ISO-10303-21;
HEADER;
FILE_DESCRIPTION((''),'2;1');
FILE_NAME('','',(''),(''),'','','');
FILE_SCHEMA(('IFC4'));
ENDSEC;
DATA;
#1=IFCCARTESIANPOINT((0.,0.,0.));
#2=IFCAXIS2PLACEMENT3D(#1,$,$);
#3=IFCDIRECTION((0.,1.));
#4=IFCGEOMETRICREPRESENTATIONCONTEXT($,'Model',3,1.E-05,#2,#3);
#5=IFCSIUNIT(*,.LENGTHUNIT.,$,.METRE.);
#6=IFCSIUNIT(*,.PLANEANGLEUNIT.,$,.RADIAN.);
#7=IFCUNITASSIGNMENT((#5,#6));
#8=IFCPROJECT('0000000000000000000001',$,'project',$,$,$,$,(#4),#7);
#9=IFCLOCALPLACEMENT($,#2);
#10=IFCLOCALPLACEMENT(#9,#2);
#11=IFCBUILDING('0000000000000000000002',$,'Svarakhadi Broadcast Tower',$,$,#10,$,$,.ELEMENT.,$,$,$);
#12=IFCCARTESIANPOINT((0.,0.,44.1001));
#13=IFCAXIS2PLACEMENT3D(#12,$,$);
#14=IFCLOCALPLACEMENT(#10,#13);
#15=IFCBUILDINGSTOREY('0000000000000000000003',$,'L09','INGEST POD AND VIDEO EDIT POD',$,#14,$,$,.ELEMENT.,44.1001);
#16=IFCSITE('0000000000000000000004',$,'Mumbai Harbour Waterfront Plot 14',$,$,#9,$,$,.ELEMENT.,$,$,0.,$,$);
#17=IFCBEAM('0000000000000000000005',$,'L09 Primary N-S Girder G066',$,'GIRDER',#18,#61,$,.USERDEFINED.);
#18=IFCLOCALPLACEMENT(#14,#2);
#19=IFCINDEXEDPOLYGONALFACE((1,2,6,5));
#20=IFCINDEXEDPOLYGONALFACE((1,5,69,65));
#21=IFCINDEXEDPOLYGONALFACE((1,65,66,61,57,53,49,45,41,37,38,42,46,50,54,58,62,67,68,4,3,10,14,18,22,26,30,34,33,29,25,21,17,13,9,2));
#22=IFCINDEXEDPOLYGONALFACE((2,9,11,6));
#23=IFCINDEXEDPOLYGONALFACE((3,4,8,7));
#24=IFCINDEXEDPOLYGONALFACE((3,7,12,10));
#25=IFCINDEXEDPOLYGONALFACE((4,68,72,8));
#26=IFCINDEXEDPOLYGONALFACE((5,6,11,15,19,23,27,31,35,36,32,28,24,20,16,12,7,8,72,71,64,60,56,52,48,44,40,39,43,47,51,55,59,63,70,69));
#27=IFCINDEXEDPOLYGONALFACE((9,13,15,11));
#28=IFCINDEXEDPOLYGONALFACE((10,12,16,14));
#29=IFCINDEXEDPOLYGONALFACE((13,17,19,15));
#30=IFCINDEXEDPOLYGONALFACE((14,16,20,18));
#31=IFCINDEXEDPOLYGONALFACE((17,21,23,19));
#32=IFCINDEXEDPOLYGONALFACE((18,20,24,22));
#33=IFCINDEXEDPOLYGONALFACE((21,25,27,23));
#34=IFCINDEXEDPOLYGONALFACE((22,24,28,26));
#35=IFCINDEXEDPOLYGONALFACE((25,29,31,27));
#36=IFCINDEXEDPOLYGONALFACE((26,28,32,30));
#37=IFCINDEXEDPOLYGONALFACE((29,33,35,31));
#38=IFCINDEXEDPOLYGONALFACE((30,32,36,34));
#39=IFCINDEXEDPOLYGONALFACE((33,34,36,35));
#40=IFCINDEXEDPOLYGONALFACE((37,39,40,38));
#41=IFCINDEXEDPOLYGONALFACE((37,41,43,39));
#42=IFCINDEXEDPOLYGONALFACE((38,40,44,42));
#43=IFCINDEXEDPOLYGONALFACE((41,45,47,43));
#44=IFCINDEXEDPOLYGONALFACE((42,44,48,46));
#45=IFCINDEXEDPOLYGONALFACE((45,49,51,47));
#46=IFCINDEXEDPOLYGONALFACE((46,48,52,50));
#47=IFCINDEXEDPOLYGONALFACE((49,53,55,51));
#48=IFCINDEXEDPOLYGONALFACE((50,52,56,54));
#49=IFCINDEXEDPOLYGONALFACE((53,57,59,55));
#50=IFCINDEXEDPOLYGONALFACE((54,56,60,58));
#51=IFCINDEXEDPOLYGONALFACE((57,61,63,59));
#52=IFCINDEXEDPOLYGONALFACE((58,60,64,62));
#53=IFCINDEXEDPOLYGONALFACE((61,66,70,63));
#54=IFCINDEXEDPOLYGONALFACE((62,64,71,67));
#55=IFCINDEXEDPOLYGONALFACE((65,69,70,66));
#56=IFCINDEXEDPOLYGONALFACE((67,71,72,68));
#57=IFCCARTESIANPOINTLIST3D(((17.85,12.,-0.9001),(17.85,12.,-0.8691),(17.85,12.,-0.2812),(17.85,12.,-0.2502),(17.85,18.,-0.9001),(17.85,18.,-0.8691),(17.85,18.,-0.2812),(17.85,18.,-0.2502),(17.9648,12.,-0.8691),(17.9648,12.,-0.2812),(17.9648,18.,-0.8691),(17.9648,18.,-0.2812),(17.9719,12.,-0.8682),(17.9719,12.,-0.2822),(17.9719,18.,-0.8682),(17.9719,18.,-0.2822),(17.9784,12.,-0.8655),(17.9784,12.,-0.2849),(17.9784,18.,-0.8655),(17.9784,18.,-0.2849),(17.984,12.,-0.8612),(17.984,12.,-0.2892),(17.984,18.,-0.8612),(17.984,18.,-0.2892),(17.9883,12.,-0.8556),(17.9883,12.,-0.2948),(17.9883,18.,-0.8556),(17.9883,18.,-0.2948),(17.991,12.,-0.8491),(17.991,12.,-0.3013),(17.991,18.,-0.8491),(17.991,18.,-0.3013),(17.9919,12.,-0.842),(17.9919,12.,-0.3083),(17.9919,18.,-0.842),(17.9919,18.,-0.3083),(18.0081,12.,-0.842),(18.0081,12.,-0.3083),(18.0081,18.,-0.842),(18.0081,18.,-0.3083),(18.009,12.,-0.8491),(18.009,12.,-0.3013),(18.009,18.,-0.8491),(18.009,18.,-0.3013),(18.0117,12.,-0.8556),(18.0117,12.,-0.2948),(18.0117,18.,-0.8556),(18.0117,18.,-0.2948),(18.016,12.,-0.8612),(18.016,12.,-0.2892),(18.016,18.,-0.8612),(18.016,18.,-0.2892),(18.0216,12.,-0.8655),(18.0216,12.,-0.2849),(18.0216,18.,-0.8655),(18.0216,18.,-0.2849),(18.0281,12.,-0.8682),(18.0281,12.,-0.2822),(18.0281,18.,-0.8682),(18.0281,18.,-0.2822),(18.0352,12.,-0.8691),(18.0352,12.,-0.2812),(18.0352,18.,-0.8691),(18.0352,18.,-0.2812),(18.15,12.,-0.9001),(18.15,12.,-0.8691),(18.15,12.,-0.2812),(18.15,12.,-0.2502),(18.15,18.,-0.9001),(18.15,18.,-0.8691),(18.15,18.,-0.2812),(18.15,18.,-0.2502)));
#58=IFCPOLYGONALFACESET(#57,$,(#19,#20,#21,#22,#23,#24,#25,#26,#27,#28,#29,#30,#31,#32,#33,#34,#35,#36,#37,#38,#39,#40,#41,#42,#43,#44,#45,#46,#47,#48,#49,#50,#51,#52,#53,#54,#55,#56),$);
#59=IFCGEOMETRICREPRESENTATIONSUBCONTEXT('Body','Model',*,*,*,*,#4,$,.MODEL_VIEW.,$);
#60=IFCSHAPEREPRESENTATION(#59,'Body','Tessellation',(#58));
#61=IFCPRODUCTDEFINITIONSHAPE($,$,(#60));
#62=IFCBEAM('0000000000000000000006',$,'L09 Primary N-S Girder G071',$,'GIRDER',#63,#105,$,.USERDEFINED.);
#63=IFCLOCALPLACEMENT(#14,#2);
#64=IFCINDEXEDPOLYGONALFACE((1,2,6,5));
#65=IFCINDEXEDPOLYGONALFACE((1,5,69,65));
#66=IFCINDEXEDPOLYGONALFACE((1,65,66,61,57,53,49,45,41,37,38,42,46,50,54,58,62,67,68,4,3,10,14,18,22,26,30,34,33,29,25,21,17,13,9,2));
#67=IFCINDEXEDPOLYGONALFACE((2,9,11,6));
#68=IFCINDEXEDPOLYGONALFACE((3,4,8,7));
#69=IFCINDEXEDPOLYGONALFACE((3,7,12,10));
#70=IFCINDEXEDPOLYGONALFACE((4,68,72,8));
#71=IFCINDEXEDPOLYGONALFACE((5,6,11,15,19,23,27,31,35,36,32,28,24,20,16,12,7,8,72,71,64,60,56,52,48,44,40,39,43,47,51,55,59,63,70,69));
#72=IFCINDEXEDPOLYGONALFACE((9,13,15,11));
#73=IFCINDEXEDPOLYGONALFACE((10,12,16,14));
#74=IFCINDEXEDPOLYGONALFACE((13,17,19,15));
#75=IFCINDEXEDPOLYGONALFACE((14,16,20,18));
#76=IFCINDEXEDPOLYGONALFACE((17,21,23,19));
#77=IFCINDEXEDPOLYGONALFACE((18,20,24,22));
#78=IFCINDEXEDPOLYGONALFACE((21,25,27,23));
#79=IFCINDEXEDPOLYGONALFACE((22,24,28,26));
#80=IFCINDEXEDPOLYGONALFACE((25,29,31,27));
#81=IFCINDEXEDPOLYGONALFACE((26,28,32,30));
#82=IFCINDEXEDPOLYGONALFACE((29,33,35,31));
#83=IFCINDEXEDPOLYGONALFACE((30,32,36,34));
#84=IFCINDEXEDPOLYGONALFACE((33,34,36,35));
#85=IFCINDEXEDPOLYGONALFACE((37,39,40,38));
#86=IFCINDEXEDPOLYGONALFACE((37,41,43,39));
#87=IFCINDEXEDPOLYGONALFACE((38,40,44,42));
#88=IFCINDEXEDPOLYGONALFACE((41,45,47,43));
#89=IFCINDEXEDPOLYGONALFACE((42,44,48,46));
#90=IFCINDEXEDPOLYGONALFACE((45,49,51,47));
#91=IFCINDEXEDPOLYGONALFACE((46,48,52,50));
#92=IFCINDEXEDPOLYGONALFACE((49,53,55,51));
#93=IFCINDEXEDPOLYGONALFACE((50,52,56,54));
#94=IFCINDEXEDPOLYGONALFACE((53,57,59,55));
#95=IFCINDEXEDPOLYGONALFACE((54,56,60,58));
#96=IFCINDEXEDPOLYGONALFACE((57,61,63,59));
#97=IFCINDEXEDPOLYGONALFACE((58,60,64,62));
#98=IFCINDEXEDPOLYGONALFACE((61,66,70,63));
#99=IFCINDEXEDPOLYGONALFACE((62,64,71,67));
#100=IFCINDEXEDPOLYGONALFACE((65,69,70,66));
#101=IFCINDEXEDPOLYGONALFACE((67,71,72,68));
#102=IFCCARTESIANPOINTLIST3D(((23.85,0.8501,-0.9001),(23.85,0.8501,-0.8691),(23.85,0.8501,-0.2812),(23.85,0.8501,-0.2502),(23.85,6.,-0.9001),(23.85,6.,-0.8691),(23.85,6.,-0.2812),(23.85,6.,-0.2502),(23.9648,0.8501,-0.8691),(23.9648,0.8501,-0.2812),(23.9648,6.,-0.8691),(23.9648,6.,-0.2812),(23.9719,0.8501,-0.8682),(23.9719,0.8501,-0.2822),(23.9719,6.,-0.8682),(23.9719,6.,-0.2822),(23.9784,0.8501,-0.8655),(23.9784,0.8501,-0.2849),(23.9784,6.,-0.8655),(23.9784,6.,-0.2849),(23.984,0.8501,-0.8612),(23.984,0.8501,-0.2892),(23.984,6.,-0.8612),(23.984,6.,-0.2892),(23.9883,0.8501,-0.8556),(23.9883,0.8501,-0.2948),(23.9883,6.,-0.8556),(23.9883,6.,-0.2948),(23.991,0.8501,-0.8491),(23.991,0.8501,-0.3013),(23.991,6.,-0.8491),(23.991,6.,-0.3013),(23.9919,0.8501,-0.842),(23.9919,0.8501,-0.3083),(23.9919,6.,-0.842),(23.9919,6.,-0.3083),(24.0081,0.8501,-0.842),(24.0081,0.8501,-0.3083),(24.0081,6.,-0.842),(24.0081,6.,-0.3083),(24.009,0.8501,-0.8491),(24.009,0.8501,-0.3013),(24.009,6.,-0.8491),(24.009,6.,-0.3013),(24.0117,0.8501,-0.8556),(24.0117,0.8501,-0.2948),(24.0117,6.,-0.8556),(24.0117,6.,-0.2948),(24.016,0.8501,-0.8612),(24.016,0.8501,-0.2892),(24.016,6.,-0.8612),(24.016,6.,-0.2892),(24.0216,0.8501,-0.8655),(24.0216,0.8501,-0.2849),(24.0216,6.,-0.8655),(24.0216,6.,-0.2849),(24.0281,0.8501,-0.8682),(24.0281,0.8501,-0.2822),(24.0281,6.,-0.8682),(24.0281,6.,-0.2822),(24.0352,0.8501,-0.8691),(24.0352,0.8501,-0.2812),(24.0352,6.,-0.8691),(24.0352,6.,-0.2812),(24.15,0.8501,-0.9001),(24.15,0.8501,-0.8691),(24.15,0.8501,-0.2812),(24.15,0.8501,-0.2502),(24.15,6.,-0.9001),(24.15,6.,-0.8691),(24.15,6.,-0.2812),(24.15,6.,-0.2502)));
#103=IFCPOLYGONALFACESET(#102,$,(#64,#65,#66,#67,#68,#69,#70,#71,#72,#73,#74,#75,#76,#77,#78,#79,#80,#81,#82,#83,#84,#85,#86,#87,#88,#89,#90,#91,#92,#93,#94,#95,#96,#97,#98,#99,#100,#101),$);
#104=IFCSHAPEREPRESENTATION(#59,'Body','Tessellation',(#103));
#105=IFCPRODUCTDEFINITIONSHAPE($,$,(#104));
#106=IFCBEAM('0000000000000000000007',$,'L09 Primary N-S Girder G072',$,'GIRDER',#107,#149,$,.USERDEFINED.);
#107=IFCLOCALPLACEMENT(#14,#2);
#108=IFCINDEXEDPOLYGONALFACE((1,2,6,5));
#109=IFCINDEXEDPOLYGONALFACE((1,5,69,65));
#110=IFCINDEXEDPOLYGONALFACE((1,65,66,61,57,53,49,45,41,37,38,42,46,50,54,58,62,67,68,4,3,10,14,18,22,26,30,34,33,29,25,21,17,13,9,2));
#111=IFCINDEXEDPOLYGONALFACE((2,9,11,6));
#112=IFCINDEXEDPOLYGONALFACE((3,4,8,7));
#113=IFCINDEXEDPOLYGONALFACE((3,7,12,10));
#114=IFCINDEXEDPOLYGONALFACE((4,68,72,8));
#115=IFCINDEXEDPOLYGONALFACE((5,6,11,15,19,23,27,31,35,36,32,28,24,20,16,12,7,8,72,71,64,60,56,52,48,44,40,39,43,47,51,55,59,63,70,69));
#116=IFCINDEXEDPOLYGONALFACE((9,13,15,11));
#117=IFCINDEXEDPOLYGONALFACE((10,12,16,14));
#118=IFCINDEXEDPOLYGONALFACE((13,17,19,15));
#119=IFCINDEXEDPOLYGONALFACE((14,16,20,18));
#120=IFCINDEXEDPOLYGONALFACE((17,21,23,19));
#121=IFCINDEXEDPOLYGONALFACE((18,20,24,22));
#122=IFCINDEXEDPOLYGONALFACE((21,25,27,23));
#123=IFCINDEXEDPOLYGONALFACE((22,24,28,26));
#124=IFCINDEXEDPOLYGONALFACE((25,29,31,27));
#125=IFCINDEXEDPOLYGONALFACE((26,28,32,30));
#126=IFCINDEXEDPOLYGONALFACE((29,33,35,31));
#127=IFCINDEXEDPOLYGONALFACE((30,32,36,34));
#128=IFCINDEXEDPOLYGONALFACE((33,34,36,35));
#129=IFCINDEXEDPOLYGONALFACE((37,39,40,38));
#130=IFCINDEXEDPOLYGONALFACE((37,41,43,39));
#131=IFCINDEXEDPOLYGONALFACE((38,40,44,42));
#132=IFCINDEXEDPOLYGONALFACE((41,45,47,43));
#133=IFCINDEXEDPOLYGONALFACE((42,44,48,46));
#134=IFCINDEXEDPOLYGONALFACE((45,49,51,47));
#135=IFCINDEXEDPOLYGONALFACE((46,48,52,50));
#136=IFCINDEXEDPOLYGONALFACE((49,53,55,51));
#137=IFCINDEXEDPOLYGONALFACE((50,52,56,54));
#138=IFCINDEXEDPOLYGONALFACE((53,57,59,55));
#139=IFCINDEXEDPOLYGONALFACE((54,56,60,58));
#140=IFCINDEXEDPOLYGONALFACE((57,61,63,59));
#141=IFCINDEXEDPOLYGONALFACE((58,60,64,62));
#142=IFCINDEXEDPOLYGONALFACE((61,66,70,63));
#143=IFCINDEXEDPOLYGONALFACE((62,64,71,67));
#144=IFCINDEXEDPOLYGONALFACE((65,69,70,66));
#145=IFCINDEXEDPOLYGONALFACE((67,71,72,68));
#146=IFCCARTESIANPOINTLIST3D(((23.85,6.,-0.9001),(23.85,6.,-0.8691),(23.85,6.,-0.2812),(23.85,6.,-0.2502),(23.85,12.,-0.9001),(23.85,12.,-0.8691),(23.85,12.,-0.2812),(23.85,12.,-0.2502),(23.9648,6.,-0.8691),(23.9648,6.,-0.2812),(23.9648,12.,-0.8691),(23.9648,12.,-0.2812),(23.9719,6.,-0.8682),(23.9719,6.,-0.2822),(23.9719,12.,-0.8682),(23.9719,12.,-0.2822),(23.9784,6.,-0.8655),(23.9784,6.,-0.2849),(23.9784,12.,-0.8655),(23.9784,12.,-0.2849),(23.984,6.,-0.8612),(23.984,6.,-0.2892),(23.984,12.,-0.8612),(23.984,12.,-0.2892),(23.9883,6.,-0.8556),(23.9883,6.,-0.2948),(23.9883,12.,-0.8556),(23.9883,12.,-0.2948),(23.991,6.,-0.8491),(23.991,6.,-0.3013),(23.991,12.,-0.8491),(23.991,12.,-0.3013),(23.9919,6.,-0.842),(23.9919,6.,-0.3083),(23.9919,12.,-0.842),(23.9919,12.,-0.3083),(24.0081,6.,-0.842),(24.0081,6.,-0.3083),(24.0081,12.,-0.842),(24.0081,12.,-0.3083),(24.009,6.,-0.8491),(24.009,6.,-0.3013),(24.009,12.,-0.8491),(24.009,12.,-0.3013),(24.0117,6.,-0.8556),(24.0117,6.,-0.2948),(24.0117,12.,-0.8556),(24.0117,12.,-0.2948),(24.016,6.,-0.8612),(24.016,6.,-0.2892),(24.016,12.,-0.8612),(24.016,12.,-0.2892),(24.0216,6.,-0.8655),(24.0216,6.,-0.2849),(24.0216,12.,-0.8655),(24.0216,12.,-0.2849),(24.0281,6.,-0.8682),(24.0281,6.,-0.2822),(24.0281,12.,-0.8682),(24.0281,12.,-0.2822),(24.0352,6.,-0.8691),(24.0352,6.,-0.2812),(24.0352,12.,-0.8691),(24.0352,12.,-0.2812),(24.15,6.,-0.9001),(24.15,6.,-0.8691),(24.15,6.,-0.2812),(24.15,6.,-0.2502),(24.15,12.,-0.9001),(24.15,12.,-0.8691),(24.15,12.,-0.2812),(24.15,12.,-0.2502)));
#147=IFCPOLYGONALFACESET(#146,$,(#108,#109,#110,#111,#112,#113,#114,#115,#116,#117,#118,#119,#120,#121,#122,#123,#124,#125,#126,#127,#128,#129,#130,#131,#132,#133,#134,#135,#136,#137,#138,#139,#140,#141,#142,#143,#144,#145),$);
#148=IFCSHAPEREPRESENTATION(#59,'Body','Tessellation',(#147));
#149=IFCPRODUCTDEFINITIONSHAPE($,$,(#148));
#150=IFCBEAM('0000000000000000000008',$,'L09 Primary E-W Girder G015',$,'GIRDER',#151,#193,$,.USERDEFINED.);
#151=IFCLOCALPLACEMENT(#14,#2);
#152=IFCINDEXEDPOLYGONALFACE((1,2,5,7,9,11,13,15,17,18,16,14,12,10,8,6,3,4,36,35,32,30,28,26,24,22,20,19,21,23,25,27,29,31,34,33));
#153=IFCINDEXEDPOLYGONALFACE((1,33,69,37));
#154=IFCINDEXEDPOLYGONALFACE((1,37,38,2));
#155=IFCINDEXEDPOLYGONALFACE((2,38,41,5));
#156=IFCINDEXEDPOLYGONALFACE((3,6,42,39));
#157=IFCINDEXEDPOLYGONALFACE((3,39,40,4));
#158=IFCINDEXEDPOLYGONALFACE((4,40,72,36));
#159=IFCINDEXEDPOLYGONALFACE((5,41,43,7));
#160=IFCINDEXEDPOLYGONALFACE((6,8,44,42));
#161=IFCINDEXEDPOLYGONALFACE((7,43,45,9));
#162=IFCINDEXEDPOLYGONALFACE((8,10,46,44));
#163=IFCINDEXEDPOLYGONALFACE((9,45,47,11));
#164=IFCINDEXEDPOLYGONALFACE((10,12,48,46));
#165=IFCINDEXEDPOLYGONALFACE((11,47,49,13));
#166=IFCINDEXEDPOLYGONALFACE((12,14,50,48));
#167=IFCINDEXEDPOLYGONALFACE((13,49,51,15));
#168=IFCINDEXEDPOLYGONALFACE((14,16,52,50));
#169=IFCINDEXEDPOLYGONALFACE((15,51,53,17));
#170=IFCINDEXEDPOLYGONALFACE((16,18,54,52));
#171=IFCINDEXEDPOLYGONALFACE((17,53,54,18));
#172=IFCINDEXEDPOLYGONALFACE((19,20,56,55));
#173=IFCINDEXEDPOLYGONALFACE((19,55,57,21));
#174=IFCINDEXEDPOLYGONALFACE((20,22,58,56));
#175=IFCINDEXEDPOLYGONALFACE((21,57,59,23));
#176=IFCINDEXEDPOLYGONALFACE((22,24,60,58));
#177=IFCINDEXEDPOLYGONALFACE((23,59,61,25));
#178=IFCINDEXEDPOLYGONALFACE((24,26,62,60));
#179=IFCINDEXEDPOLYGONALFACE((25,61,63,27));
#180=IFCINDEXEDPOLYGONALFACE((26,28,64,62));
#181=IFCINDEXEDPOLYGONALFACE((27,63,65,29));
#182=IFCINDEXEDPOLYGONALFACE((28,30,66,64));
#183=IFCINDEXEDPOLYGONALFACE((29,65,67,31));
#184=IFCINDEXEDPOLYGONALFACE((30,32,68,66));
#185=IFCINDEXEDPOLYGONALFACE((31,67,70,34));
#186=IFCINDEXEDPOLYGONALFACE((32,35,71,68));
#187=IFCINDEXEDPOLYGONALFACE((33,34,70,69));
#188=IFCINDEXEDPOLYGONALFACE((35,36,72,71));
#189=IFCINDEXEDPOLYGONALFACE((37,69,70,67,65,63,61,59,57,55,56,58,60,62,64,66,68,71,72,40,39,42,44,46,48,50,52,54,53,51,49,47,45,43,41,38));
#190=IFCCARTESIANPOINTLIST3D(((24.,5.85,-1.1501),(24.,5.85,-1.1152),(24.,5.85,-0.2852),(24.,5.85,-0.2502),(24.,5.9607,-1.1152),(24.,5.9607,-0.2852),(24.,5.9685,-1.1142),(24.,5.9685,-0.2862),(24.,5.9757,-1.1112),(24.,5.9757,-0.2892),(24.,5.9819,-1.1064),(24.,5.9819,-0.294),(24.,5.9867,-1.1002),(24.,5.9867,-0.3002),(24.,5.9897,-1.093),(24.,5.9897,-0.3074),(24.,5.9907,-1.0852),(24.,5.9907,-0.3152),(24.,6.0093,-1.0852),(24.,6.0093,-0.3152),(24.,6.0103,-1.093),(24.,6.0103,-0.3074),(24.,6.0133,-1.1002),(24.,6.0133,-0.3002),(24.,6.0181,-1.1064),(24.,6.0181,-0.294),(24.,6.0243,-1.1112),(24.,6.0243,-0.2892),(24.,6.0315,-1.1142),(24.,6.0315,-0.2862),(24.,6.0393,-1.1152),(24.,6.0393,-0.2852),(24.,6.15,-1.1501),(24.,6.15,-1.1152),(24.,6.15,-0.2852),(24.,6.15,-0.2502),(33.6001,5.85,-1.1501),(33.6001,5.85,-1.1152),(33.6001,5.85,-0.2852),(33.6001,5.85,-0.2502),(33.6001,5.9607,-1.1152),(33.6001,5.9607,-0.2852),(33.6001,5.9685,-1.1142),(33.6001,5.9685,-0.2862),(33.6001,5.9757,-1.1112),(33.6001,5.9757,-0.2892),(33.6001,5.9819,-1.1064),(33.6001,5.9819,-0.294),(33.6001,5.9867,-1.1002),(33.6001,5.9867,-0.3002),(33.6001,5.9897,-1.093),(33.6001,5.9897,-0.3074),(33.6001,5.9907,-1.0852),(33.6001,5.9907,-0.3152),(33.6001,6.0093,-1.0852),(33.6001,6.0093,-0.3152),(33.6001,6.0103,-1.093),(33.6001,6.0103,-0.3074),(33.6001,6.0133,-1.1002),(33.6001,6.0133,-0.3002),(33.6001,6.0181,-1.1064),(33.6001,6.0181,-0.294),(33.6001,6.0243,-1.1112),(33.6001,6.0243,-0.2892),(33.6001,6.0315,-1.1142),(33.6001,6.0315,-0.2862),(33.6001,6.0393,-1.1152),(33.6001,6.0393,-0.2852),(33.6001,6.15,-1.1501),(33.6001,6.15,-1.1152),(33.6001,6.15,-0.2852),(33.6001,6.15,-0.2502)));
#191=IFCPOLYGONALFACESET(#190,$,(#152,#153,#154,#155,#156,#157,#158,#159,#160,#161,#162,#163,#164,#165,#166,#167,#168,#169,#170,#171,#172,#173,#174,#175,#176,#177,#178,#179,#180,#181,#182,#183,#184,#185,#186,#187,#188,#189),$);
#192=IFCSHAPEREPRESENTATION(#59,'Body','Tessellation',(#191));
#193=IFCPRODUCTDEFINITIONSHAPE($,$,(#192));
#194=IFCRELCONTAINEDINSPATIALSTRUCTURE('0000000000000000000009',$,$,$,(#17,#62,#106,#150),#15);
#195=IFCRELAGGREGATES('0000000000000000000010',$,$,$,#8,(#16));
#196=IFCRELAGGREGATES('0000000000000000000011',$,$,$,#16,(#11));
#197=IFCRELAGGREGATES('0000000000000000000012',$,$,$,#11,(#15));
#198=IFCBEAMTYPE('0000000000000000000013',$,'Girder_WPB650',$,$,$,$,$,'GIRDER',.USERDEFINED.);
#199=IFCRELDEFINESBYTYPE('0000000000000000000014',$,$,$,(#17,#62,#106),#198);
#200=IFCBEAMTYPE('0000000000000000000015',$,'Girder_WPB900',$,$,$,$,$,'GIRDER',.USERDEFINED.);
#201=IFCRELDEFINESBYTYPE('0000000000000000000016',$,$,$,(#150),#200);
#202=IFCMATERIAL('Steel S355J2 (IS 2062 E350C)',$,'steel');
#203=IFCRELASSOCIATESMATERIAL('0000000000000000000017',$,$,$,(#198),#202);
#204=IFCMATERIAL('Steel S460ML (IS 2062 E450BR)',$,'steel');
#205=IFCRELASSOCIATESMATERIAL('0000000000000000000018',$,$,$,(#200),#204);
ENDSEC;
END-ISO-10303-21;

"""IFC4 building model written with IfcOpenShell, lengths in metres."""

from ifc_helpers import new_model, si_unit, direction, frame, origin, origin_2d, place, context, subcontext, project, spatial, i_section, extrude, material, material_profile, profile_set, type_object, element, save


model = new_model("IFC4")

# Units and contexts
model_context = context("Model", 3, precision=1e-05, world=origin(), true_north=direction((0.0, 1.0)))
body_context = subcontext(model_context, "Body", "Model", "MODEL_VIEW")
ifc_project = project(units=[si_unit("LENGTHUNIT", "METRE"), si_unit("PLANEANGLEUNIT", "RADIAN")], contexts=[model_context])

# Site, building, storey
site_placement = place(None, origin())
site = spatial("IfcSite", under=ifc_project, at=site_placement, Name="Mumbai Harbour Waterfront Plot 14", CompositionType="ELEMENT", RefElevation=0.0)
building_placement = place(site_placement, origin())
building = spatial("IfcBuilding", under=site, at=building_placement, Name="Svarakhadi Broadcast Tower", CompositionType="ELEMENT")
storey_placement = place(building_placement, frame((0.0, 0.0, 44.1001)))
storey = spatial("IfcBuildingStorey", under=building, at=storey_placement, Name="L09", Description="INGEST POD AND VIDEO EDIT POD", CompositionType="ELEMENT", Elevation=44.1001)

# Shared definitions
ifc_material_1 = material(Name="Steel S355J2 (IS 2062 E350C)", Category="steel")

# Shared definitions
ifc_material_2 = material(Name="Steel S460ML (IS 2062 E450BR)", Category="steel")

# Beams
ifc_material_profile_1 = material_profile(ifc_material_1, i_section(OverallWidth=0.3, OverallDepth=0.6499, WebThickness=0.0161, FlangeThickness=0.031, FilletRadius=0.0271, at=origin_2d()), Name="WPB 650x300x225")
ifc_profile_set_1 = profile_set([ifc_material_profile_1], Name="Steel S355J2 (IS 2062 E350C)")
beam_type_1 = type_object("IfcBeamType", Name="Girder_WPB650", ElementType="GIRDER", PredefinedType="USERDEFINED", material=ifc_profile_set_1)
for number, where, z_axis, x_axis, name in (
    (1, (18.0, 12.0, -0.5752), (0.0, 1.0, 0.0), (-1.0, 0.0, 0.0), "L09 Primary N-S Girder G066"),
):
    element("IfcBeam", number, at=place(storey_placement, frame(where, z_axis=z_axis, x_axis=x_axis)), inside=storey, type_object=beam_type_1, Name=name, ObjectType="GIRDER", PredefinedType="USERDEFINED", context=body_context, shape_type="SweptSolid", body=[
        extrude(i_section(OverallWidth=0.3, OverallDepth=0.6499, WebThickness=0.0161, FlangeThickness=0.031, FilletRadius=0.0271, at=origin_2d()), origin(), (0.0, 0.0, 1.0), 6.0),
    ])
beam_1_placement = place(storey_placement, frame((24.0, 0.8501, -0.5752), z_axis=(0.0, 1.0, 0.0), x_axis=(-1.0, 0.0, 0.0)))
element("IfcBeam", 2, at=beam_1_placement, inside=storey, type_object=beam_type_1, Name="L09 Primary N-S Girder G071", ObjectType="GIRDER", PredefinedType="USERDEFINED", context=body_context, shape_type="SweptSolid", body=[
    extrude(i_section(OverallWidth=0.3, OverallDepth=0.6499, WebThickness=0.0161, FlangeThickness=0.031, FilletRadius=0.0271, at=origin_2d()), origin(), (0.0, 0.0, 1.0), 5.1499),
])
beam_2_placement = place(storey_placement, frame((24.0, 6.0, -0.5752), z_axis=(0.0, 1.0, 0.0), x_axis=(-1.0, 0.0, 0.0)))
element("IfcBeam", 3, at=beam_2_placement, inside=storey, type_object=beam_type_1, Name="L09 Primary N-S Girder G072", ObjectType="GIRDER", PredefinedType="USERDEFINED", context=body_context, shape_type="SweptSolid", body=[
    extrude(i_section(OverallWidth=0.3, OverallDepth=0.6499, WebThickness=0.0161, FlangeThickness=0.031, FilletRadius=0.0271, at=origin_2d()), origin(), (0.0, 0.0, 1.0), 6.0),
])
ifc_material_profile_2 = material_profile(ifc_material_2, i_section(OverallWidth=0.3, OverallDepth=0.8999, WebThickness=0.0186, FlangeThickness=0.0349, FilletRadius=0.03, at=origin_2d()), Name="WPB 900x300x291")
ifc_profile_set_2 = profile_set([ifc_material_profile_2], Name="Steel S460ML (IS 2062 E450BR)")
beam_type_2 = type_object("IfcBeamType", Name="Girder_WPB900", ElementType="GIRDER", PredefinedType="USERDEFINED", material=ifc_profile_set_2)
beam_3_placement = place(storey_placement, frame((24.0, 6.0, -0.7002), z_axis=(1.0, 0.0, 0.0), x_axis=(0.0, 1.0, 0.0)))
element("IfcBeam", 4, at=beam_3_placement, inside=storey, type_object=beam_type_2, Name="L09 Primary E-W Girder G015", ObjectType="GIRDER", PredefinedType="USERDEFINED", context=body_context, shape_type="SweptSolid", body=[
    extrude(i_section(OverallWidth=0.3, OverallDepth=0.8999, WebThickness=0.0186, FlangeThickness=0.0349, FilletRadius=0.03, at=origin_2d()), origin(), (0.0, 0.0, 1.0), 9.6001),
])

save(model, "model.ifc")
